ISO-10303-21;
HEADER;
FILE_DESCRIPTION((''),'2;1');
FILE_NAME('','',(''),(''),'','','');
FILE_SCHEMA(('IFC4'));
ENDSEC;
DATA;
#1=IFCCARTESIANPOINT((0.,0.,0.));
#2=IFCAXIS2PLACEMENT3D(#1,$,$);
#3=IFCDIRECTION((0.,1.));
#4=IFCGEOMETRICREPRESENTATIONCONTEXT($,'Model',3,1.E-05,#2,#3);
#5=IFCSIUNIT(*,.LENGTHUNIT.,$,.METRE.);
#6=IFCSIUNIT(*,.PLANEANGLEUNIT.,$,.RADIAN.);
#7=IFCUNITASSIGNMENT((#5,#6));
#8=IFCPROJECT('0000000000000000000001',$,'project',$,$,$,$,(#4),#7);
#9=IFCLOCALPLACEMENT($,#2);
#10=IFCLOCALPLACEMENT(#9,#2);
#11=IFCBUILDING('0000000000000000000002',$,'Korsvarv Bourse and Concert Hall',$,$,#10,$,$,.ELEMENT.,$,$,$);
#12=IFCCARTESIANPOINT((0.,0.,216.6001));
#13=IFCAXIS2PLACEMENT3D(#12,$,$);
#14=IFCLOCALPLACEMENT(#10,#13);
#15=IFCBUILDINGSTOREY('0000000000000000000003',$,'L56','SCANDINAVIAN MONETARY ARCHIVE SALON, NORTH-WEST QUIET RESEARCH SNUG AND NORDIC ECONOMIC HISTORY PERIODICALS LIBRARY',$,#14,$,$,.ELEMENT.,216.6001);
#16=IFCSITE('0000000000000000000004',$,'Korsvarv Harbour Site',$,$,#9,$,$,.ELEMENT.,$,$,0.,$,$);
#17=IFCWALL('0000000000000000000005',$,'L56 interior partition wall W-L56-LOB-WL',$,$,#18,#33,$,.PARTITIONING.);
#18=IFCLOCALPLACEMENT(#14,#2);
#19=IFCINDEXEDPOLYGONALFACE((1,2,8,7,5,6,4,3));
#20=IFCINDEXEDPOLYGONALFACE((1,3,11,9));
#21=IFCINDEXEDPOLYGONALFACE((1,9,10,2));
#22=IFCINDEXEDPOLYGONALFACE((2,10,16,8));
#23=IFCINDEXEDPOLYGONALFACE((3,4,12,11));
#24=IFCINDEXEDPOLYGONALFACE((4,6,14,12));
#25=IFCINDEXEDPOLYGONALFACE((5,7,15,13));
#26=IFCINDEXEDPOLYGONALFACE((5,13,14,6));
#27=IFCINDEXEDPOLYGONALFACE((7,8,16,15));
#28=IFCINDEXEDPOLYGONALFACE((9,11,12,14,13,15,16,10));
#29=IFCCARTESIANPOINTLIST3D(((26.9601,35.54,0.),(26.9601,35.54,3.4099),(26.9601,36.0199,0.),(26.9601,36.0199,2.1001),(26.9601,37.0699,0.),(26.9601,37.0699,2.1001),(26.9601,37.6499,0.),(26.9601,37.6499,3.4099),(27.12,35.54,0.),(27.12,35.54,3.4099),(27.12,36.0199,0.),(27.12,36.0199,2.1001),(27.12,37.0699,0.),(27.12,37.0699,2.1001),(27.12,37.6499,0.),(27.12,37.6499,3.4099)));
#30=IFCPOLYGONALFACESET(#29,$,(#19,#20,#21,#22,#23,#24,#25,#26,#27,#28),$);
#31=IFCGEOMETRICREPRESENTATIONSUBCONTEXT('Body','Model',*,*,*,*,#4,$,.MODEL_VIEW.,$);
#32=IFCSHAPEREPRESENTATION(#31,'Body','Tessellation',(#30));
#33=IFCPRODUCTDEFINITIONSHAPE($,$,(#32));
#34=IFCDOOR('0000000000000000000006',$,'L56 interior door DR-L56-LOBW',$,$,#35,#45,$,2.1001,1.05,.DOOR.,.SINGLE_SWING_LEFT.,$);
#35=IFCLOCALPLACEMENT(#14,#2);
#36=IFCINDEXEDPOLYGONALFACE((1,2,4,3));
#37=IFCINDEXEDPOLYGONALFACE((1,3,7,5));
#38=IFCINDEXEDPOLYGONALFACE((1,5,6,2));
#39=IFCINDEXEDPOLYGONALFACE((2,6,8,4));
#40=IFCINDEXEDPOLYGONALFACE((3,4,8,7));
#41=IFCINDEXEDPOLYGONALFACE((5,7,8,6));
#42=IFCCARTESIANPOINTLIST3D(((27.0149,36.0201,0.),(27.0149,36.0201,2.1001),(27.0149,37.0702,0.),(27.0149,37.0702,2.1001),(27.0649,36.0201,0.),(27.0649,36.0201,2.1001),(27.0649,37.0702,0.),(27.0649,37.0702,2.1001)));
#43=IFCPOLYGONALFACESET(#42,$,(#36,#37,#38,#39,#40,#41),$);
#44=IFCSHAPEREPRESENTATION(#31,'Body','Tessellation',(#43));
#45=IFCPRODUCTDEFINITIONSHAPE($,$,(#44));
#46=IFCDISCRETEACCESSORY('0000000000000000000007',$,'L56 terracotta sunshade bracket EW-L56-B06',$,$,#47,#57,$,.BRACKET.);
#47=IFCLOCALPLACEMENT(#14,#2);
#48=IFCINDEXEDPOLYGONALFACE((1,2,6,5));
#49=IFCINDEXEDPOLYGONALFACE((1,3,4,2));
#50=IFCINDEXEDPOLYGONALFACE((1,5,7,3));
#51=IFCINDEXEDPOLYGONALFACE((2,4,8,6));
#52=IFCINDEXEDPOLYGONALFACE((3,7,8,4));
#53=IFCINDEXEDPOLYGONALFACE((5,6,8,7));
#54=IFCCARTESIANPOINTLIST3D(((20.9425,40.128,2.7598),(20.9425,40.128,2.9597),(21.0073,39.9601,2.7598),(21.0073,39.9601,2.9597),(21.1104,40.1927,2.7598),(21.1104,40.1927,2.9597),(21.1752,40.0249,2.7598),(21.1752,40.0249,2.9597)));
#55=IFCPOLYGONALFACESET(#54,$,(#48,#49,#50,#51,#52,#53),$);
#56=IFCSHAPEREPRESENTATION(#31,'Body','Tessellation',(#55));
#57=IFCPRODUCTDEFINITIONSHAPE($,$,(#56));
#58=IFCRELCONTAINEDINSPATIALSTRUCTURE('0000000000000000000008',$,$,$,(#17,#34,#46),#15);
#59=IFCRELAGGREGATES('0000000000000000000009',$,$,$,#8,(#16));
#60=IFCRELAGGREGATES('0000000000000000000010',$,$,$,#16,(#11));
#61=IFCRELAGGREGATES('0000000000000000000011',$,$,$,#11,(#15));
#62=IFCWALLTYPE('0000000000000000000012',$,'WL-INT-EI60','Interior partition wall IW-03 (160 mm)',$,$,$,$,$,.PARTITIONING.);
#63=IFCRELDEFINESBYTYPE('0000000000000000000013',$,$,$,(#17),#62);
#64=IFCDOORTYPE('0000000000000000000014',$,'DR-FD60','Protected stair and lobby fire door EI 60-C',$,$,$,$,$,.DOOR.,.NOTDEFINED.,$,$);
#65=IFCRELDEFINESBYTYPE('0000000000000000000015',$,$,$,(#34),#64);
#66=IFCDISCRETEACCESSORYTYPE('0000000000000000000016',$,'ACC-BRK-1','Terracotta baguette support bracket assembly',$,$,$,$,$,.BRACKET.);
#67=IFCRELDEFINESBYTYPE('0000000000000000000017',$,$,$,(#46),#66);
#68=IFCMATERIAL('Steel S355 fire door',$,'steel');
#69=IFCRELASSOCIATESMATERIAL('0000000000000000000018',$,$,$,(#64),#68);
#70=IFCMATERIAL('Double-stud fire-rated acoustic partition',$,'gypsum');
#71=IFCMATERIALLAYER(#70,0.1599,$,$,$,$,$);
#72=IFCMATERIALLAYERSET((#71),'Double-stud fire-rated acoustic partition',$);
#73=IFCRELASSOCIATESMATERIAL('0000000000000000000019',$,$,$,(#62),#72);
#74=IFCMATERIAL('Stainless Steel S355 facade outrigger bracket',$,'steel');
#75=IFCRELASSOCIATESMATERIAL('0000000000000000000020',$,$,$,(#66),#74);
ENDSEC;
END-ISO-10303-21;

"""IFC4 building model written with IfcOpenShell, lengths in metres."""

from ifc_helpers import new_model, si_unit, direction, frame, frame_2d, origin, origin_2d, place, context, subcontext, project, spatial, rectangle, extrude, source, transform, mapped, material, layer, layer_set, type_object, element, fill, save


model = new_model("IFC4")

# Units and contexts
model_context = context("Model", 3, precision=1e-05, world=origin(), true_north=direction((0.0, 1.0)))
body_context = subcontext(model_context, "Body", "Model", "MODEL_VIEW")
ifc_project = project(units=[si_unit("LENGTHUNIT", "METRE"), si_unit("PLANEANGLEUNIT", "RADIAN")], contexts=[model_context])

# Site, building, storey
site_placement = place(None, origin())
site = spatial("IfcSite", under=ifc_project, at=site_placement, Name="Korsvarv Harbour Site", CompositionType="ELEMENT", RefElevation=0.0)
building_placement = place(site_placement, origin())
building = spatial("IfcBuilding", under=site, at=building_placement, Name="Korsvarv Bourse and Concert Hall", CompositionType="ELEMENT")
storey_placement = place(building_placement, frame((0.0, 0.0, 216.6001)))
storey = spatial("IfcBuildingStorey", under=building, at=storey_placement, Name="L56", Description="SCANDINAVIAN MONETARY ARCHIVE SALON, NORTH-WEST QUIET RESEARCH SNUG AND NORDIC ECONOMIC HISTORY PERIODICALS LIBRARY", CompositionType="ELEMENT", Elevation=216.6001)

# Shared definitions
ifc_material_1 = material(Name="Steel S355 fire door", Category="steel")
door_type = type_object("IfcDoorType", Name="DR-FD60", Description="Protected stair and lobby fire door EI 60-C", OperationType="NOTDEFINED", PredefinedType="DOOR", material=ifc_material_1)

# Shared definitions
ifc_material_2 = material(Name="Double-stud fire-rated acoustic partition", Category="gypsum")
ifc_layer_1 = layer(ifc_material_2, 0.1599)
ifc_layer_set_1 = layer_set([ifc_layer_1], Name="Double-stud fire-rated acoustic partition")
wall_type_1 = type_object("IfcWallType", Name="WL-INT-EI60", Description="Interior partition wall IW-03 (160 mm)", PredefinedType="PARTITIONING", material=ifc_layer_set_1)

# Wall, opening, door
wall_1_placement = place(storey_placement, frame((27.04, 35.54, 0.0), z_axis=(0.0, 0.0, 1.0), x_axis=(0.0, 1.0, 0.0)))
wall_1 = element("IfcWall", 1, at=wall_1_placement, inside=storey, type_object=wall_type_1, Name="L56 interior partition wall W-L56-LOB-WL", PredefinedType="PARTITIONING", context=body_context, shape_type="SweptSolid", body=[
    extrude(rectangle(XDim=2.1099, YDim=0.1599, at=frame_2d((1.0549, 0.0))), origin(), (0.0, 0.0, 1.0), 3.4099),
])
opening_1_placement = place(wall_1_placement, frame((0.48, 0.0, 0.0)))
opening_1 = element("IfcOpeningElement", 2, at=opening_1_placement, cuts=wall_1, PredefinedType="OPENING", context=body_context, shape_type="SweptSolid", body=[
    extrude(rectangle(XDim=1.05, YDim=2.1001, at=frame_2d((0.5249, 1.05))), frame((0.0, 0.0898, 0.0), z_axis=(0.0, -1.0, 0.0), x_axis=(1.0, 0.0, 0.0)), (0.0, 0.0, 1.0), 0.1799),
])
door_1_placement = place(opening_1_placement, frame((1.05, 0.0, 0.0), z_axis=(0.0, 0.0, 1.0), x_axis=(-1.0, 0.0, 0.0)))
door_1 = element("IfcDoor", 3, at=door_1_placement, inside=storey, type_object=door_type, Name="L56 interior door DR-L56-LOBW", OperationType="SINGLE_SWING_LEFT", OverallHeight=2.1001, OverallWidth=1.05, PredefinedType="DOOR", context=body_context, shape_type="SweptSolid", body=[
    extrude(rectangle(XDim=1.05, YDim=2.1001, at=frame_2d((0.5249, 1.05))), frame((0.0, 0.0249, 0.0), z_axis=(0.0, -1.0, 0.0), x_axis=(1.0, 0.0, 0.0)), (0.0, 0.0, 1.0), 0.05),
])
fill(opening_1, door_1)

# Discrete accessory
ifc_material_3 = material(Name="Stainless Steel S355 facade outrigger bracket", Category="steel")
discrete_accessory_type = type_object("IfcDiscreteAccessoryType", Name="ACC-BRK-1", Description="Terracotta baguette support bracket assembly", PredefinedType="BRACKET", material=ifc_material_3)
shared_shape_1 = source(origin(), body_context, "Body", "SweptSolid", [
    extrude(rectangle(XDim=0.1799, YDim=0.1799, at=origin_2d()), origin(), (0.0, 0.0, 1.0), 0.2),
])
discrete_accessory_placement = place(storey_placement, frame((21.0588, 40.0764, 2.7598), z_axis=(0.0, 0.0, 1.0), x_axis=(0.359997, -0.932954, 0.0)))
element("IfcDiscreteAccessory", 4, at=discrete_accessory_placement, inside=storey, type_object=discrete_accessory_type, Name="L56 terracotta sunshade bracket EW-L56-B06", PredefinedType="BRACKET", context=body_context, shape_type="MappedRepresentation", body=[
    mapped(shared_shape_1, transform((0.0, 0.0, 0.0), scale=1.0)),
])

save(model, "model.ifc")
